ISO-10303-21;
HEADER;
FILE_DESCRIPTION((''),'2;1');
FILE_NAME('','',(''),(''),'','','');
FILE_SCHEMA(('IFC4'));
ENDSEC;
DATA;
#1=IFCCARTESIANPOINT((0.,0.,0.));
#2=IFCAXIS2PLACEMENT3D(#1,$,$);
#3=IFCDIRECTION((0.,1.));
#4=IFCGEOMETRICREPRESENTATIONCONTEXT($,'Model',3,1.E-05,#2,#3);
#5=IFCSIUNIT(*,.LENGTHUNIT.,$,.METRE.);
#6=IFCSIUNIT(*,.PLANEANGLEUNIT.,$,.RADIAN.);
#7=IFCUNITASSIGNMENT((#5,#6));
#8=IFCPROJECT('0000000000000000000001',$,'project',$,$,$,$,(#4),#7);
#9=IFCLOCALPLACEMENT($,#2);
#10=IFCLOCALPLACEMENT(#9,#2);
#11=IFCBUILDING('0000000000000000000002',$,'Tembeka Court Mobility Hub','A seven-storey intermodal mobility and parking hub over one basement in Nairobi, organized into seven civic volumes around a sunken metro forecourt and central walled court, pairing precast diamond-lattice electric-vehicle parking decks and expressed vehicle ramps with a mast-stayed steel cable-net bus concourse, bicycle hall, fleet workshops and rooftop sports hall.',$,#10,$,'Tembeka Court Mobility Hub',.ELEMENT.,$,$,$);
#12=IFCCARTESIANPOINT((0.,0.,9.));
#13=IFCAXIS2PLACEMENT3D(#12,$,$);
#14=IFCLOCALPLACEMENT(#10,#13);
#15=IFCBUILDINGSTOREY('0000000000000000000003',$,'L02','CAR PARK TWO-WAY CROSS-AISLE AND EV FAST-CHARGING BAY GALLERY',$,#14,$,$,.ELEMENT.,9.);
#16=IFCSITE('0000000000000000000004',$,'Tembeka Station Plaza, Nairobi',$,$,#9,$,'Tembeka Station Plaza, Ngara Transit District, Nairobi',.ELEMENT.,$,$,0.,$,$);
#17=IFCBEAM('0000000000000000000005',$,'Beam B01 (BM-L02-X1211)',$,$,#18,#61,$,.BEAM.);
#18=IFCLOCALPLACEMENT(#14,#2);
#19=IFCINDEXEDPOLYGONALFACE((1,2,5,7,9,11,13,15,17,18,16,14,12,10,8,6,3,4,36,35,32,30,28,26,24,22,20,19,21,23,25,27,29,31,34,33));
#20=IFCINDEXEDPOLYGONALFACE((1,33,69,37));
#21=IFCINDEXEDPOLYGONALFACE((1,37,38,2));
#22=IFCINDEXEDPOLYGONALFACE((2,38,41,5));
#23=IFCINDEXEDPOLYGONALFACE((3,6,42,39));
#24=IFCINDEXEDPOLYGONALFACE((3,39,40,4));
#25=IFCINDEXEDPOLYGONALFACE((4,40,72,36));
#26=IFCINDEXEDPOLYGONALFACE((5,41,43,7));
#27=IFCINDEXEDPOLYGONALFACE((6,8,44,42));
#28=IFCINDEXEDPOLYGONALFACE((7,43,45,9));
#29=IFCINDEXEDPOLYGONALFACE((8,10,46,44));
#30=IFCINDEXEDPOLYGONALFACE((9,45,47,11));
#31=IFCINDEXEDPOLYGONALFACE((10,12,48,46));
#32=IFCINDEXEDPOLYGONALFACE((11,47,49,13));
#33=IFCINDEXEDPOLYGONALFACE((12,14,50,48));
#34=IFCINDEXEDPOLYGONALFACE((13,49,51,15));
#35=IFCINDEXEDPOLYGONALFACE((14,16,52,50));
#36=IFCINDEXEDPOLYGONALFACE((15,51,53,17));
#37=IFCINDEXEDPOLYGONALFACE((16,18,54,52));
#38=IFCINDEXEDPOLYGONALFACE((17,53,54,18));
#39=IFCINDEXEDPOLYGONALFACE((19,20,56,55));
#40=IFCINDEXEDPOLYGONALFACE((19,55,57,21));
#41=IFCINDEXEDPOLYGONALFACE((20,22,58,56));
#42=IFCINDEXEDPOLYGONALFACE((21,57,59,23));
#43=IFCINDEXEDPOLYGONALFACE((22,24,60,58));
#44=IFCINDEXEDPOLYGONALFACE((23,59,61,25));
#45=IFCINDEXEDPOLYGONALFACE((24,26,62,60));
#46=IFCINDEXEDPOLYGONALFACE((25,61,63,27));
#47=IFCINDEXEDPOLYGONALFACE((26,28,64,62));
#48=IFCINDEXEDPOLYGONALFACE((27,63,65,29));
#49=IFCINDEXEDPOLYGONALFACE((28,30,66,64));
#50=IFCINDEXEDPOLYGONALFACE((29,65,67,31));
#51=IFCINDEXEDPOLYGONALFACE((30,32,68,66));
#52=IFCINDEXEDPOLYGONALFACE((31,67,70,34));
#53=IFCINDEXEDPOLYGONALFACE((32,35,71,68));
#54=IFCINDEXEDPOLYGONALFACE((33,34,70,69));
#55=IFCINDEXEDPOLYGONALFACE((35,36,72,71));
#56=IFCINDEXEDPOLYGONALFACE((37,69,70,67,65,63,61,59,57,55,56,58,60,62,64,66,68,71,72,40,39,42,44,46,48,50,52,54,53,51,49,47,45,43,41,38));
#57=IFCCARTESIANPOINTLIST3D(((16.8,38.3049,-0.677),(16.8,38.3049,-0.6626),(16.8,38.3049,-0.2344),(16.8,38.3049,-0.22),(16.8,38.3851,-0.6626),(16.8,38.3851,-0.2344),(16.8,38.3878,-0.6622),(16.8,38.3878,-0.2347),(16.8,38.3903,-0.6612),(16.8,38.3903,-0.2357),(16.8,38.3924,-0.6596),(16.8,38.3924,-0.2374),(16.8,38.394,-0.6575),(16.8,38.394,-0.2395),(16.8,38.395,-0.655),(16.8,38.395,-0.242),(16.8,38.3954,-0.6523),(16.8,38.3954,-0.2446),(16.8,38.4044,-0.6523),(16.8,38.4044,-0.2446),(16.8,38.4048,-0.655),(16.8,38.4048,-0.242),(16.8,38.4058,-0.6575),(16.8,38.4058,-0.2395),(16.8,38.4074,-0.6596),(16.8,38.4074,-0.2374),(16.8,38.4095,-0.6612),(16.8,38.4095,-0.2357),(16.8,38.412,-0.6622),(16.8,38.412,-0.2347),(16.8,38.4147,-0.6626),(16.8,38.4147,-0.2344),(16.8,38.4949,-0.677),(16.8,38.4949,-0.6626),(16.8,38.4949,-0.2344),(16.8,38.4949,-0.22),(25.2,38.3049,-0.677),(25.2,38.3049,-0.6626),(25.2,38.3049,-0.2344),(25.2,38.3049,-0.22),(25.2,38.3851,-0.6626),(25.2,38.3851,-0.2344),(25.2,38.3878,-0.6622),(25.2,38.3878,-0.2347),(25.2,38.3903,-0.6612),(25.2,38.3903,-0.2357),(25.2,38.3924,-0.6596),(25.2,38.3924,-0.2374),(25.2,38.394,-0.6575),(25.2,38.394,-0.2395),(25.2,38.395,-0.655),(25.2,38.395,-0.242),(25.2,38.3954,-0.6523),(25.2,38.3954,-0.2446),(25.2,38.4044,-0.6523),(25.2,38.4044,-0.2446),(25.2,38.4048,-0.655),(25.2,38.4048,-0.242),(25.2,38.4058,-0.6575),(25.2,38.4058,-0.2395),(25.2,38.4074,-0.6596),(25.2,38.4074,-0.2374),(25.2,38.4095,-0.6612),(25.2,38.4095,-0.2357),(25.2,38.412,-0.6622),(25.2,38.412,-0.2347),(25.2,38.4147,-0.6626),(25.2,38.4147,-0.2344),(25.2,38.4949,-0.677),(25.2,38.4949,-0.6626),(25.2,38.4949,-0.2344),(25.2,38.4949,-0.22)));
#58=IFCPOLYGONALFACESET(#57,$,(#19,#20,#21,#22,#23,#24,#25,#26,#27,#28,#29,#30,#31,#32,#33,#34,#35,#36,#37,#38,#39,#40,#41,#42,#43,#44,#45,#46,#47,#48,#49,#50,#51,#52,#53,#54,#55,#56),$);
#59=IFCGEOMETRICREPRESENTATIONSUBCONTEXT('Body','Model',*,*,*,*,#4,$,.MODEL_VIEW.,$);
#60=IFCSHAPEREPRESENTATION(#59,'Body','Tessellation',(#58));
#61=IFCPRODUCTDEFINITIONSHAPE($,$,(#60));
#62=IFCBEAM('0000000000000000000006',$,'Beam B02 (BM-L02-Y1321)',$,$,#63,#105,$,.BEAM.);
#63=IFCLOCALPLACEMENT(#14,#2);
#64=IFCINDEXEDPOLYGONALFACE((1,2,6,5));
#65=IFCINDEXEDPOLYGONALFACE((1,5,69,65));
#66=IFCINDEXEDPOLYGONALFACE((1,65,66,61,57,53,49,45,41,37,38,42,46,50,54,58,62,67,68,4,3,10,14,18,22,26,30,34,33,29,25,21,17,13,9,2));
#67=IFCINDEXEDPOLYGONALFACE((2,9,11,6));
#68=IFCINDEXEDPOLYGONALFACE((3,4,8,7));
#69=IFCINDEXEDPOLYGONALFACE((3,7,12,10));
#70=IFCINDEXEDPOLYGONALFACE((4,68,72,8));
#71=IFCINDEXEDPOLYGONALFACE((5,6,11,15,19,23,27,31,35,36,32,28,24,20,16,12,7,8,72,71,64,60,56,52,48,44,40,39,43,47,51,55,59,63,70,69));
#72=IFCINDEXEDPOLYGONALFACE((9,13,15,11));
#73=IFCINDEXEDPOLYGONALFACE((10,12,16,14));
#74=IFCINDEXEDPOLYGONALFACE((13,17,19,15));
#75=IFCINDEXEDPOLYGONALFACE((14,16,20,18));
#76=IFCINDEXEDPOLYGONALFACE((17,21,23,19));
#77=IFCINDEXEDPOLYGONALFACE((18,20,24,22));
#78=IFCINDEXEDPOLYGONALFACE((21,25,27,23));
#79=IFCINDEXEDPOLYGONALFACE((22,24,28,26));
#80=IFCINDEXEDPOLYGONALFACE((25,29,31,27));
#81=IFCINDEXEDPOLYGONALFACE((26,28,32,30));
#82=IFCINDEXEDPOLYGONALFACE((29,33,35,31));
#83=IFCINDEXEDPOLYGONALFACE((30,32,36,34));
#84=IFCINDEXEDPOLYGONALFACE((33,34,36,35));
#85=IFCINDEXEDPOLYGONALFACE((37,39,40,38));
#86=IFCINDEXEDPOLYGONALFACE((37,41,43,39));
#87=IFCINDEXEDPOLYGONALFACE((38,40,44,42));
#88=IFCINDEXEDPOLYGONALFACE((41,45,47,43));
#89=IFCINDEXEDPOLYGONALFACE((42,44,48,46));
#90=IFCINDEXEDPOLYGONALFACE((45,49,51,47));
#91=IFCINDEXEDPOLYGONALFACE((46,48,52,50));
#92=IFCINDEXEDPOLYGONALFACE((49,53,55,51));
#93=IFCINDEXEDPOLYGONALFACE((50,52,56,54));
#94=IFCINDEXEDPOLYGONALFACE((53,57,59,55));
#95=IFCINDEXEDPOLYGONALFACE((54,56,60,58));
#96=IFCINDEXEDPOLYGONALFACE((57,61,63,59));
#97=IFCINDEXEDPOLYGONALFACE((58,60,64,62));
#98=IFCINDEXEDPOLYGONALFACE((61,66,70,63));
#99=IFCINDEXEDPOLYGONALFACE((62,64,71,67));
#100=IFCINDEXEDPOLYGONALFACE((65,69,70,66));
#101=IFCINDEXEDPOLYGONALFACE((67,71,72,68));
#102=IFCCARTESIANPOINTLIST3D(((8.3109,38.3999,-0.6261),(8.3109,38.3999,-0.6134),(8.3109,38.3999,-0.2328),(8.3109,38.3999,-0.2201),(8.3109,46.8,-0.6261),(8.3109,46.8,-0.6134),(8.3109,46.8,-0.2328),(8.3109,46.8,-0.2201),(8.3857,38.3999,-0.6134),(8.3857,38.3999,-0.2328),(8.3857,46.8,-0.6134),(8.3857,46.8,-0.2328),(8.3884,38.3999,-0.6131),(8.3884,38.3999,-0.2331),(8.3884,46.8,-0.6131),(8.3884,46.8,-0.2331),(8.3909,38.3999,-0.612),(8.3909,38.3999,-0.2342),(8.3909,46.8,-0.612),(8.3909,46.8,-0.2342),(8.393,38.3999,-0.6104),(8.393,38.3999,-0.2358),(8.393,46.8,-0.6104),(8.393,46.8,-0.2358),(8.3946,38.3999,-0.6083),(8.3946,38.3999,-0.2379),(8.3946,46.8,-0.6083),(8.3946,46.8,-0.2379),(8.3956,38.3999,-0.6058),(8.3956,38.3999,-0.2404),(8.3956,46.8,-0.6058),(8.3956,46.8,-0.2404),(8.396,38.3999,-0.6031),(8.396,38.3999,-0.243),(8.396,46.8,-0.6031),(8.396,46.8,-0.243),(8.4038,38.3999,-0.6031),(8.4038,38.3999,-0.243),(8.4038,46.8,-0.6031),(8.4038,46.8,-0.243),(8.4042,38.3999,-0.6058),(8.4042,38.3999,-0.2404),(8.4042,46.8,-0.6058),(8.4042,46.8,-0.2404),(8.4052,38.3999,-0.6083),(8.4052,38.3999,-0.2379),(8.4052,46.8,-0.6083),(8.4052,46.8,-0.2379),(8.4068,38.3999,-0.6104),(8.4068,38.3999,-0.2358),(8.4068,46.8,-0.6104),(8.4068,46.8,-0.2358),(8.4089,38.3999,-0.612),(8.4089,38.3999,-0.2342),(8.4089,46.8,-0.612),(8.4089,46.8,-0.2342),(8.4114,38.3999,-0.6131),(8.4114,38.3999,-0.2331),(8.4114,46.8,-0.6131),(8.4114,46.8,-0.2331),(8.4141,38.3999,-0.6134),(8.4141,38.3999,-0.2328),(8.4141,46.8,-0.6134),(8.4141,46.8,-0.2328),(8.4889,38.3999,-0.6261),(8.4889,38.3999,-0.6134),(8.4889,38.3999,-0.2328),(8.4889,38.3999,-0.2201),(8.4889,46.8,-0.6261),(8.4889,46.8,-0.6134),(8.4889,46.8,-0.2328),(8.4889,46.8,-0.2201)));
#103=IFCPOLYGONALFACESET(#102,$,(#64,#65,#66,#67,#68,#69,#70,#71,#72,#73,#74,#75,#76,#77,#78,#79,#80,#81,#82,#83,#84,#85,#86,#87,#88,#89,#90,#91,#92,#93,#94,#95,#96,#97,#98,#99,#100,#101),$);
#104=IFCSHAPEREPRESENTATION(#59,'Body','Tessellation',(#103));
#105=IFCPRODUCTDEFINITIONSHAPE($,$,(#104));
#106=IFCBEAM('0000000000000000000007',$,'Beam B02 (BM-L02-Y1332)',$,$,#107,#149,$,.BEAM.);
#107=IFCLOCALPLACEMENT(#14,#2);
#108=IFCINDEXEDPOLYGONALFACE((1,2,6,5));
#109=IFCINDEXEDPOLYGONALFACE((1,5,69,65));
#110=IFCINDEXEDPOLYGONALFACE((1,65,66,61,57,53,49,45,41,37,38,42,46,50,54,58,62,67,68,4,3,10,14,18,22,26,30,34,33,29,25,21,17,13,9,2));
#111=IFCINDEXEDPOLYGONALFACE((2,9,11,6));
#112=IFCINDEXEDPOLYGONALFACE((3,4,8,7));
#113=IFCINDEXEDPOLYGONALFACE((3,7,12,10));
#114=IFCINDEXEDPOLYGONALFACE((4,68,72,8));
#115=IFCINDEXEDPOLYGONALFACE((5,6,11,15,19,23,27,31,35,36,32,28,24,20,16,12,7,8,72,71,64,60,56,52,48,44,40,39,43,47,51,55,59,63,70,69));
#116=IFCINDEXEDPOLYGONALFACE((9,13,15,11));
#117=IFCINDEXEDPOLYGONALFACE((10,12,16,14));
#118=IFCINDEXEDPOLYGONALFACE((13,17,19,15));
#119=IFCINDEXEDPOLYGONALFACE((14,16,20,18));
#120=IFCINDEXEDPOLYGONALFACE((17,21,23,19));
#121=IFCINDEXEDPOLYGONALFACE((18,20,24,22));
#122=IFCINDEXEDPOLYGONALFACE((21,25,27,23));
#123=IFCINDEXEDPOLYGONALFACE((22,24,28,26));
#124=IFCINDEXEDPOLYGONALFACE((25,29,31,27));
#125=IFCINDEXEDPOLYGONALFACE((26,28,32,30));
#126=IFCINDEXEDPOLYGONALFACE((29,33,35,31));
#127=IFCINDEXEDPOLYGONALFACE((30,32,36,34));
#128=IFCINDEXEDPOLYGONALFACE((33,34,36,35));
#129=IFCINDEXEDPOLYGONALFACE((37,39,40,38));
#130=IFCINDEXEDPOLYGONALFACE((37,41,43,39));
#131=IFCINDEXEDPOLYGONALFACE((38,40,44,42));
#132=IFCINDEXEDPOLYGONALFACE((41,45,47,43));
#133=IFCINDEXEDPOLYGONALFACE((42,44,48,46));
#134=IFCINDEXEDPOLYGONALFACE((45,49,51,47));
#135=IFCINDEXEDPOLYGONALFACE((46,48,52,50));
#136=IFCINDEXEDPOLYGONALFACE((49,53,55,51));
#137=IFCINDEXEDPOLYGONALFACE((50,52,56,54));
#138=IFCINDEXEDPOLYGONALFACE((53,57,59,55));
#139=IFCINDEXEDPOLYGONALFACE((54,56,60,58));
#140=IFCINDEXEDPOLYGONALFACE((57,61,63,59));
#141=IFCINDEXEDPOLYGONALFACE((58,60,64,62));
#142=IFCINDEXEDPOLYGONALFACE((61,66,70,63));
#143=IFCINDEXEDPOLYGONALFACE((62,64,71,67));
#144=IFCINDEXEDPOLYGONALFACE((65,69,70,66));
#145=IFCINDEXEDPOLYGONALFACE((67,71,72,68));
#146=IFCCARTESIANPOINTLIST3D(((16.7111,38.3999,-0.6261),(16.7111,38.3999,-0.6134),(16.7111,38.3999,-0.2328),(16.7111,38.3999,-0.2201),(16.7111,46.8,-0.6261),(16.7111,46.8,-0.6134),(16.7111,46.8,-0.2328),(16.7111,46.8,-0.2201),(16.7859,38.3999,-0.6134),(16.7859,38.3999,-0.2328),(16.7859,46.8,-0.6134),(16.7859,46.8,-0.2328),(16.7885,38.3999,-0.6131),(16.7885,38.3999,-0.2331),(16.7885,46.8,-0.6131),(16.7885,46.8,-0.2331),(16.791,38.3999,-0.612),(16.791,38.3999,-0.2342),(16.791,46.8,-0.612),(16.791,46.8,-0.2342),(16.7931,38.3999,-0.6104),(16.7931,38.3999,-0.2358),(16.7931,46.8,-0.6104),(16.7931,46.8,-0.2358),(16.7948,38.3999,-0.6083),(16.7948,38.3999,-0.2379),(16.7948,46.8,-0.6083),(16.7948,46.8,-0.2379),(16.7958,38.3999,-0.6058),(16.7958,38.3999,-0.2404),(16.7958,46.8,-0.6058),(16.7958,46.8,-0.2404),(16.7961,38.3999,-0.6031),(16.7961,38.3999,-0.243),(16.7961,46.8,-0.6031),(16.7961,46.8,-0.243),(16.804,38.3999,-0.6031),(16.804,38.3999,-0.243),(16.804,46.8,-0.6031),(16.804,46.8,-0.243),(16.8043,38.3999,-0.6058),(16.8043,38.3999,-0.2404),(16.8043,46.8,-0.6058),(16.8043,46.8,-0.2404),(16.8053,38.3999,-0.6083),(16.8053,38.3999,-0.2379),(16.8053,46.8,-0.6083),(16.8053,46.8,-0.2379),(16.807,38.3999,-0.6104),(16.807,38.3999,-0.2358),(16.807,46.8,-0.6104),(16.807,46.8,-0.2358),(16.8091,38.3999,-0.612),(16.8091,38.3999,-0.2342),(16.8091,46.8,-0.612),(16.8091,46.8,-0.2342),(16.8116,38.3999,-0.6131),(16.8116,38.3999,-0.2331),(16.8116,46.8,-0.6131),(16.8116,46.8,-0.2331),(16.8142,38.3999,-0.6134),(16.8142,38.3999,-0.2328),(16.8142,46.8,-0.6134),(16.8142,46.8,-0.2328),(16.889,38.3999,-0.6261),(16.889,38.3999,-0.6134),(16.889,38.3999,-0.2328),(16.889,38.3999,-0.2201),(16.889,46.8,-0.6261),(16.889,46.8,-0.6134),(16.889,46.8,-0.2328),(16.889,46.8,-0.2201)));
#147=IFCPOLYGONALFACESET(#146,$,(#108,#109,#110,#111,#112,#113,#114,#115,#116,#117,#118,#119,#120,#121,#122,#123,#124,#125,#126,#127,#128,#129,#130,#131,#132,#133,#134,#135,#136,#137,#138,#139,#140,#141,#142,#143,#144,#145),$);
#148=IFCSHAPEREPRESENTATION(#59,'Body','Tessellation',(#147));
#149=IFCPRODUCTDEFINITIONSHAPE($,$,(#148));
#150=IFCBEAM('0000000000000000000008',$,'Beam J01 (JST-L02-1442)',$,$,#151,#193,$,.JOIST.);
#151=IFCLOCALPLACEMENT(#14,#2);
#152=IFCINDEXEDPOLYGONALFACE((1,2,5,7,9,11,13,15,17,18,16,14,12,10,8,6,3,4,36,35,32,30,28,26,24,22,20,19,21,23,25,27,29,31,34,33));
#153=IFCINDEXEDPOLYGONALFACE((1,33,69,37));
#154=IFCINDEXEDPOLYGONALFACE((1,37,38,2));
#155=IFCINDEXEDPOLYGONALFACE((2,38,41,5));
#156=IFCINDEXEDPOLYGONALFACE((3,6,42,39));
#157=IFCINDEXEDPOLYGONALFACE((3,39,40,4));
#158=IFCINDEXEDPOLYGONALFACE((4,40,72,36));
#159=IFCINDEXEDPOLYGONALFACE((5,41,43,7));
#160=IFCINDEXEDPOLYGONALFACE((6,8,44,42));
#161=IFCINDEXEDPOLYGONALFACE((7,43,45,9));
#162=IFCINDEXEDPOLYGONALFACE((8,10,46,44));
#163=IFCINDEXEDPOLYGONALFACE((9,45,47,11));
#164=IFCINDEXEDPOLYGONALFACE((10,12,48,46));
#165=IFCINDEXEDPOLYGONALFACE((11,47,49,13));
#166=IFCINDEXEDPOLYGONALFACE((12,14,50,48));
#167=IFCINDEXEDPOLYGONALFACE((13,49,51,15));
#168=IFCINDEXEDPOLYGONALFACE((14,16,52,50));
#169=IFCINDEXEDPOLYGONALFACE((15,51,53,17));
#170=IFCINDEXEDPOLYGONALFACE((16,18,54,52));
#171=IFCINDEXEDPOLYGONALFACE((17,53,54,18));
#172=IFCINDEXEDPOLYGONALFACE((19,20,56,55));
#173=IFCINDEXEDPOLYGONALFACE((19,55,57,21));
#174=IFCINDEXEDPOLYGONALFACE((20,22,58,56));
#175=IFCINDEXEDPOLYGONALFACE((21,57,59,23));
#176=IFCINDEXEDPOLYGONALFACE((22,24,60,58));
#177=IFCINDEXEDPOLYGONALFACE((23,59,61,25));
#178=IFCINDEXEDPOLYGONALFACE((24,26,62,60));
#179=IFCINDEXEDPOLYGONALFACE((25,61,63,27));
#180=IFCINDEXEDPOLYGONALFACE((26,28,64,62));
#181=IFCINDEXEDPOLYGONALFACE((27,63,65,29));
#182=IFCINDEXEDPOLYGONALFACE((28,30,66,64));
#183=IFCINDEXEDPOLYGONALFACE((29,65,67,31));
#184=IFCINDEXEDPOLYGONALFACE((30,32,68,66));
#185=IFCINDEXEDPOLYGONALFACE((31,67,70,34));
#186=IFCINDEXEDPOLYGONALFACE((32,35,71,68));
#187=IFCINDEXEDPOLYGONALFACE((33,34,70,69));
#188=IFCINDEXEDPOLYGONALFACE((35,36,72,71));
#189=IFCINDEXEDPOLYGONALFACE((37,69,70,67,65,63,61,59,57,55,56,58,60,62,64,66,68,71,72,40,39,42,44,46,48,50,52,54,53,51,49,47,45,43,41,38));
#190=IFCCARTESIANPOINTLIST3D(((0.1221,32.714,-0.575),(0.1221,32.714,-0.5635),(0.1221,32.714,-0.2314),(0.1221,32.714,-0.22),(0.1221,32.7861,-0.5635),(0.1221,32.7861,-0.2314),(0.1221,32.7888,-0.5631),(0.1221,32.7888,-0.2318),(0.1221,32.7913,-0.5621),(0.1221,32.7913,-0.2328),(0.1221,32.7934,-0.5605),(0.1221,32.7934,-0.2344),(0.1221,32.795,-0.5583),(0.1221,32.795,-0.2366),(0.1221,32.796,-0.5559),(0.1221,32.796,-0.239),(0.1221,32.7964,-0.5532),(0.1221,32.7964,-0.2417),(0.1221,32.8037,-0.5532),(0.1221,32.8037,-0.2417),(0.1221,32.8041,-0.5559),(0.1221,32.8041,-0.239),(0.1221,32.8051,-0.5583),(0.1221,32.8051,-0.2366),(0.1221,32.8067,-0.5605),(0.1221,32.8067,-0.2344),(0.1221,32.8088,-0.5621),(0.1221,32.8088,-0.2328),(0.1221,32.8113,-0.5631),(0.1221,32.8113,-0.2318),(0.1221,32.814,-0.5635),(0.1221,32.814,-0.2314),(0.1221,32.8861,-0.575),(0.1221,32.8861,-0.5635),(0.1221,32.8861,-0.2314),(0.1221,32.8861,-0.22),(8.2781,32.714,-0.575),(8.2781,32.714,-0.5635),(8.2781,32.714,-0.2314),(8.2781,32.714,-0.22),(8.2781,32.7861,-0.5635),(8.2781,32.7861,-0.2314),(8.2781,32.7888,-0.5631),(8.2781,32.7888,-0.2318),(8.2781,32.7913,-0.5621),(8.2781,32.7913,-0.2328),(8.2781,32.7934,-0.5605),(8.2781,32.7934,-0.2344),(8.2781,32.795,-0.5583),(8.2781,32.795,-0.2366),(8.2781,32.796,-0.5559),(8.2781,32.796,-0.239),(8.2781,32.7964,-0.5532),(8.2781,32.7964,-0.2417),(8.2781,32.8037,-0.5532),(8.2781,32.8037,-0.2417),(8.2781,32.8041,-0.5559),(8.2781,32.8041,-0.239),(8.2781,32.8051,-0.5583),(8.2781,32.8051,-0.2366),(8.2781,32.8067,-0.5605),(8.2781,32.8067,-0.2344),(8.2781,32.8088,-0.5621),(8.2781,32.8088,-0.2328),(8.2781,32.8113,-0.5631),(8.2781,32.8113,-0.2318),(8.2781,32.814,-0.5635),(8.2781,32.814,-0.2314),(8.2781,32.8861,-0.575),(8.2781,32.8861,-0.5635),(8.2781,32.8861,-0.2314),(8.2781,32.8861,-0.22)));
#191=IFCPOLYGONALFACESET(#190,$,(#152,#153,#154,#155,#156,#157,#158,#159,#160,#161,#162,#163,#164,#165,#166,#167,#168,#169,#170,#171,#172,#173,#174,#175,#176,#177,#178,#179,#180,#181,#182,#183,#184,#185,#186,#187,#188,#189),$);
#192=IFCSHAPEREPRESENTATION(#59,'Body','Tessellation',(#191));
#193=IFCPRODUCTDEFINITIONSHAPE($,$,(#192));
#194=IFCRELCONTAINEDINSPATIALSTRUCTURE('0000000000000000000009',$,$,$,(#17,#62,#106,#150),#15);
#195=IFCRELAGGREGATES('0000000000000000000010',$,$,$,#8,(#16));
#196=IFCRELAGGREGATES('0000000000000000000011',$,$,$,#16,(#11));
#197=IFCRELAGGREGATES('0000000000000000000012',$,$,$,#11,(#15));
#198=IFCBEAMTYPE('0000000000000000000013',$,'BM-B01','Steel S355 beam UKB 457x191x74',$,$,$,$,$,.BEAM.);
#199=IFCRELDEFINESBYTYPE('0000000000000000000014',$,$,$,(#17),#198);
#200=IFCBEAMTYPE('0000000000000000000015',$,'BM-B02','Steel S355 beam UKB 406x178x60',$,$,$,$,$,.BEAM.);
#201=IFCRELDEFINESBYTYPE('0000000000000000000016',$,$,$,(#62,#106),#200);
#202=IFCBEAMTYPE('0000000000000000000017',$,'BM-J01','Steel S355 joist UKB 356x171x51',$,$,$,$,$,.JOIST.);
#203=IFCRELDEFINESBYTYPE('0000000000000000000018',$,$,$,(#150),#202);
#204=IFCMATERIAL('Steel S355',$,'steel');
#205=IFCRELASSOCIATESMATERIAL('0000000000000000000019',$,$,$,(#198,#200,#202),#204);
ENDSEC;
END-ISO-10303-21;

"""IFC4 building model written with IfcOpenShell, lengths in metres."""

from ifc_helpers import new_model, si_unit, direction, frame, origin, origin_2d, place, context, subcontext, project, spatial, i_section, extrude, material, material_profile, profile_set, type_object, element, save


model = new_model("IFC4")

# Units and contexts
model_context = context("Model", 3, precision=1e-05, world=origin(), true_north=direction((0.0, 1.0)))
body_context = subcontext(model_context, "Body", "Model", "MODEL_VIEW")
ifc_project = project(units=[si_unit("LENGTHUNIT", "METRE"), si_unit("PLANEANGLEUNIT", "RADIAN")], contexts=[model_context])

# Site, building, storey
site_placement = place(None, origin())
site = spatial("IfcSite", under=ifc_project, at=site_placement, Name="Tembeka Station Plaza, Nairobi", LongName="Tembeka Station Plaza, Ngara Transit District, Nairobi", CompositionType="ELEMENT", RefElevation=0.0)
building_placement = place(site_placement, origin())
building = spatial("IfcBuilding", under=site, at=building_placement, Name="Tembeka Court Mobility Hub", Description="A seven-storey intermodal mobility and parking hub over one basement in Nairobi, organized into seven civic volumes around a sunken metro forecourt and central walled court, pairing precast diamond-lattice electric-vehicle parking decks and expressed vehicle ramps with a mast-stayed steel cable-net bus concourse, bicycle hall, fleet workshops and rooftop sports hall.", LongName="Tembeka Court Mobility Hub", CompositionType="ELEMENT")
storey_placement = place(building_placement, frame((0.0, 0.0, 9.0)))
storey = spatial("IfcBuildingStorey", under=building, at=storey_placement, Name="L02", Description="CAR PARK TWO-WAY CROSS-AISLE AND EV FAST-CHARGING BAY GALLERY", CompositionType="ELEMENT", Elevation=9.0)

# Shared definitions
ifc_material_1 = material(Name="Steel S355", Category="steel")

# Beams
ifc_material_profile_1 = material_profile(ifc_material_1, i_section(OverallWidth=0.1899, OverallDepth=0.457, WebThickness=0.009, FlangeThickness=0.0144, FilletRadius=0.0103, at=origin_2d()), Name="UKB 457x191x74")
ifc_profile_set_1 = profile_set([ifc_material_profile_1], Name="Steel S355")
beam_type_1 = type_object("IfcBeamType", Name="BM-B01", Description="Steel S355 beam UKB 457x191x74", PredefinedType="BEAM", material=ifc_profile_set_1)
beam_1_placement = place(storey_placement, frame((16.8, 38.3999, -0.4485), z_axis=(1.0, 0.0, 0.0), x_axis=(0.0, 1.0, 0.0)))
element("IfcBeam", 1, at=beam_1_placement, inside=storey, type_object=beam_type_1, Name="Beam B01 (BM-L02-X1211)", PredefinedType="BEAM", context=body_context, shape_type="SweptSolid", body=[
    extrude(i_section(OverallWidth=0.1899, OverallDepth=0.457, WebThickness=0.009, FlangeThickness=0.0144, FilletRadius=0.0103, at=origin_2d()), origin(), (0.0, 0.0, 1.0), 8.3999),
])
ifc_material_profile_2 = material_profile(ifc_material_1, i_section(OverallWidth=0.178, OverallDepth=0.406, WebThickness=0.0078, FlangeThickness=0.0127, FilletRadius=0.0103, at=origin_2d()), Name="UKB 406x178x60")
ifc_profile_set_2 = profile_set([ifc_material_profile_2], Name="Steel S355")
beam_type_2 = type_object("IfcBeamType", Name="BM-B02", Description="Steel S355 beam UKB 406x178x60", PredefinedType="BEAM", material=ifc_profile_set_2)
for number, where, z_axis, x_axis, name in (
    (2, (8.3999, 38.3999, -0.4231), (0.0, 1.0, 0.0), (-1.0, 0.0, 0.0), "Beam B02 (BM-L02-Y1321)"),
    (3, (16.8, 38.3999, -0.4231), (0.0, 1.0, 0.0), (-1.0, 0.0, 0.0), "Beam B02 (BM-L02-Y1332)"),
):
    element("IfcBeam", number, at=place(storey_placement, frame(where, z_axis=z_axis, x_axis=x_axis)), inside=storey, type_object=beam_type_2, Name=name, PredefinedType="BEAM", context=body_context, shape_type="SweptSolid", body=[
        extrude(i_section(OverallWidth=0.178, OverallDepth=0.406, WebThickness=0.0078, FlangeThickness=0.0127, FilletRadius=0.0103, at=origin_2d()), origin(), (0.0, 0.0, 1.0), 8.4001),
    ])
ifc_material_profile_3 = material_profile(ifc_material_1, i_section(OverallWidth=0.1721, OverallDepth=0.355, WebThickness=0.0073, FlangeThickness=0.0115, FilletRadius=0.0103, at=origin_2d()), Name="UKB 356x171x51")
ifc_profile_set_3 = profile_set([ifc_material_profile_3], Name="Steel S355")
beam_type_3 = type_object("IfcBeamType", Name="BM-J01", Description="Steel S355 joist UKB 356x171x51", PredefinedType="JOIST", material=ifc_profile_set_3)
for number, where, z_axis, x_axis, name in (
    (4, (0.1221, 32.8, -0.3975), (1.0, 0.0, 0.0), (0.0, 1.0, 0.0), "Beam J01 (JST-L02-1442)"),
):
    element("IfcBeam", number, at=place(storey_placement, frame(where, z_axis=z_axis, x_axis=x_axis)), inside=storey, type_object=beam_type_3, Name=name, PredefinedType="JOIST", context=body_context, shape_type="SweptSolid", body=[
        extrude(i_section(OverallWidth=0.1721, OverallDepth=0.355, WebThickness=0.0073, FlangeThickness=0.0115, FilletRadius=0.0103, at=origin_2d()), origin(), (0.0, 0.0, 1.0), 8.156),
    ])

save(model, "model.ifc")
